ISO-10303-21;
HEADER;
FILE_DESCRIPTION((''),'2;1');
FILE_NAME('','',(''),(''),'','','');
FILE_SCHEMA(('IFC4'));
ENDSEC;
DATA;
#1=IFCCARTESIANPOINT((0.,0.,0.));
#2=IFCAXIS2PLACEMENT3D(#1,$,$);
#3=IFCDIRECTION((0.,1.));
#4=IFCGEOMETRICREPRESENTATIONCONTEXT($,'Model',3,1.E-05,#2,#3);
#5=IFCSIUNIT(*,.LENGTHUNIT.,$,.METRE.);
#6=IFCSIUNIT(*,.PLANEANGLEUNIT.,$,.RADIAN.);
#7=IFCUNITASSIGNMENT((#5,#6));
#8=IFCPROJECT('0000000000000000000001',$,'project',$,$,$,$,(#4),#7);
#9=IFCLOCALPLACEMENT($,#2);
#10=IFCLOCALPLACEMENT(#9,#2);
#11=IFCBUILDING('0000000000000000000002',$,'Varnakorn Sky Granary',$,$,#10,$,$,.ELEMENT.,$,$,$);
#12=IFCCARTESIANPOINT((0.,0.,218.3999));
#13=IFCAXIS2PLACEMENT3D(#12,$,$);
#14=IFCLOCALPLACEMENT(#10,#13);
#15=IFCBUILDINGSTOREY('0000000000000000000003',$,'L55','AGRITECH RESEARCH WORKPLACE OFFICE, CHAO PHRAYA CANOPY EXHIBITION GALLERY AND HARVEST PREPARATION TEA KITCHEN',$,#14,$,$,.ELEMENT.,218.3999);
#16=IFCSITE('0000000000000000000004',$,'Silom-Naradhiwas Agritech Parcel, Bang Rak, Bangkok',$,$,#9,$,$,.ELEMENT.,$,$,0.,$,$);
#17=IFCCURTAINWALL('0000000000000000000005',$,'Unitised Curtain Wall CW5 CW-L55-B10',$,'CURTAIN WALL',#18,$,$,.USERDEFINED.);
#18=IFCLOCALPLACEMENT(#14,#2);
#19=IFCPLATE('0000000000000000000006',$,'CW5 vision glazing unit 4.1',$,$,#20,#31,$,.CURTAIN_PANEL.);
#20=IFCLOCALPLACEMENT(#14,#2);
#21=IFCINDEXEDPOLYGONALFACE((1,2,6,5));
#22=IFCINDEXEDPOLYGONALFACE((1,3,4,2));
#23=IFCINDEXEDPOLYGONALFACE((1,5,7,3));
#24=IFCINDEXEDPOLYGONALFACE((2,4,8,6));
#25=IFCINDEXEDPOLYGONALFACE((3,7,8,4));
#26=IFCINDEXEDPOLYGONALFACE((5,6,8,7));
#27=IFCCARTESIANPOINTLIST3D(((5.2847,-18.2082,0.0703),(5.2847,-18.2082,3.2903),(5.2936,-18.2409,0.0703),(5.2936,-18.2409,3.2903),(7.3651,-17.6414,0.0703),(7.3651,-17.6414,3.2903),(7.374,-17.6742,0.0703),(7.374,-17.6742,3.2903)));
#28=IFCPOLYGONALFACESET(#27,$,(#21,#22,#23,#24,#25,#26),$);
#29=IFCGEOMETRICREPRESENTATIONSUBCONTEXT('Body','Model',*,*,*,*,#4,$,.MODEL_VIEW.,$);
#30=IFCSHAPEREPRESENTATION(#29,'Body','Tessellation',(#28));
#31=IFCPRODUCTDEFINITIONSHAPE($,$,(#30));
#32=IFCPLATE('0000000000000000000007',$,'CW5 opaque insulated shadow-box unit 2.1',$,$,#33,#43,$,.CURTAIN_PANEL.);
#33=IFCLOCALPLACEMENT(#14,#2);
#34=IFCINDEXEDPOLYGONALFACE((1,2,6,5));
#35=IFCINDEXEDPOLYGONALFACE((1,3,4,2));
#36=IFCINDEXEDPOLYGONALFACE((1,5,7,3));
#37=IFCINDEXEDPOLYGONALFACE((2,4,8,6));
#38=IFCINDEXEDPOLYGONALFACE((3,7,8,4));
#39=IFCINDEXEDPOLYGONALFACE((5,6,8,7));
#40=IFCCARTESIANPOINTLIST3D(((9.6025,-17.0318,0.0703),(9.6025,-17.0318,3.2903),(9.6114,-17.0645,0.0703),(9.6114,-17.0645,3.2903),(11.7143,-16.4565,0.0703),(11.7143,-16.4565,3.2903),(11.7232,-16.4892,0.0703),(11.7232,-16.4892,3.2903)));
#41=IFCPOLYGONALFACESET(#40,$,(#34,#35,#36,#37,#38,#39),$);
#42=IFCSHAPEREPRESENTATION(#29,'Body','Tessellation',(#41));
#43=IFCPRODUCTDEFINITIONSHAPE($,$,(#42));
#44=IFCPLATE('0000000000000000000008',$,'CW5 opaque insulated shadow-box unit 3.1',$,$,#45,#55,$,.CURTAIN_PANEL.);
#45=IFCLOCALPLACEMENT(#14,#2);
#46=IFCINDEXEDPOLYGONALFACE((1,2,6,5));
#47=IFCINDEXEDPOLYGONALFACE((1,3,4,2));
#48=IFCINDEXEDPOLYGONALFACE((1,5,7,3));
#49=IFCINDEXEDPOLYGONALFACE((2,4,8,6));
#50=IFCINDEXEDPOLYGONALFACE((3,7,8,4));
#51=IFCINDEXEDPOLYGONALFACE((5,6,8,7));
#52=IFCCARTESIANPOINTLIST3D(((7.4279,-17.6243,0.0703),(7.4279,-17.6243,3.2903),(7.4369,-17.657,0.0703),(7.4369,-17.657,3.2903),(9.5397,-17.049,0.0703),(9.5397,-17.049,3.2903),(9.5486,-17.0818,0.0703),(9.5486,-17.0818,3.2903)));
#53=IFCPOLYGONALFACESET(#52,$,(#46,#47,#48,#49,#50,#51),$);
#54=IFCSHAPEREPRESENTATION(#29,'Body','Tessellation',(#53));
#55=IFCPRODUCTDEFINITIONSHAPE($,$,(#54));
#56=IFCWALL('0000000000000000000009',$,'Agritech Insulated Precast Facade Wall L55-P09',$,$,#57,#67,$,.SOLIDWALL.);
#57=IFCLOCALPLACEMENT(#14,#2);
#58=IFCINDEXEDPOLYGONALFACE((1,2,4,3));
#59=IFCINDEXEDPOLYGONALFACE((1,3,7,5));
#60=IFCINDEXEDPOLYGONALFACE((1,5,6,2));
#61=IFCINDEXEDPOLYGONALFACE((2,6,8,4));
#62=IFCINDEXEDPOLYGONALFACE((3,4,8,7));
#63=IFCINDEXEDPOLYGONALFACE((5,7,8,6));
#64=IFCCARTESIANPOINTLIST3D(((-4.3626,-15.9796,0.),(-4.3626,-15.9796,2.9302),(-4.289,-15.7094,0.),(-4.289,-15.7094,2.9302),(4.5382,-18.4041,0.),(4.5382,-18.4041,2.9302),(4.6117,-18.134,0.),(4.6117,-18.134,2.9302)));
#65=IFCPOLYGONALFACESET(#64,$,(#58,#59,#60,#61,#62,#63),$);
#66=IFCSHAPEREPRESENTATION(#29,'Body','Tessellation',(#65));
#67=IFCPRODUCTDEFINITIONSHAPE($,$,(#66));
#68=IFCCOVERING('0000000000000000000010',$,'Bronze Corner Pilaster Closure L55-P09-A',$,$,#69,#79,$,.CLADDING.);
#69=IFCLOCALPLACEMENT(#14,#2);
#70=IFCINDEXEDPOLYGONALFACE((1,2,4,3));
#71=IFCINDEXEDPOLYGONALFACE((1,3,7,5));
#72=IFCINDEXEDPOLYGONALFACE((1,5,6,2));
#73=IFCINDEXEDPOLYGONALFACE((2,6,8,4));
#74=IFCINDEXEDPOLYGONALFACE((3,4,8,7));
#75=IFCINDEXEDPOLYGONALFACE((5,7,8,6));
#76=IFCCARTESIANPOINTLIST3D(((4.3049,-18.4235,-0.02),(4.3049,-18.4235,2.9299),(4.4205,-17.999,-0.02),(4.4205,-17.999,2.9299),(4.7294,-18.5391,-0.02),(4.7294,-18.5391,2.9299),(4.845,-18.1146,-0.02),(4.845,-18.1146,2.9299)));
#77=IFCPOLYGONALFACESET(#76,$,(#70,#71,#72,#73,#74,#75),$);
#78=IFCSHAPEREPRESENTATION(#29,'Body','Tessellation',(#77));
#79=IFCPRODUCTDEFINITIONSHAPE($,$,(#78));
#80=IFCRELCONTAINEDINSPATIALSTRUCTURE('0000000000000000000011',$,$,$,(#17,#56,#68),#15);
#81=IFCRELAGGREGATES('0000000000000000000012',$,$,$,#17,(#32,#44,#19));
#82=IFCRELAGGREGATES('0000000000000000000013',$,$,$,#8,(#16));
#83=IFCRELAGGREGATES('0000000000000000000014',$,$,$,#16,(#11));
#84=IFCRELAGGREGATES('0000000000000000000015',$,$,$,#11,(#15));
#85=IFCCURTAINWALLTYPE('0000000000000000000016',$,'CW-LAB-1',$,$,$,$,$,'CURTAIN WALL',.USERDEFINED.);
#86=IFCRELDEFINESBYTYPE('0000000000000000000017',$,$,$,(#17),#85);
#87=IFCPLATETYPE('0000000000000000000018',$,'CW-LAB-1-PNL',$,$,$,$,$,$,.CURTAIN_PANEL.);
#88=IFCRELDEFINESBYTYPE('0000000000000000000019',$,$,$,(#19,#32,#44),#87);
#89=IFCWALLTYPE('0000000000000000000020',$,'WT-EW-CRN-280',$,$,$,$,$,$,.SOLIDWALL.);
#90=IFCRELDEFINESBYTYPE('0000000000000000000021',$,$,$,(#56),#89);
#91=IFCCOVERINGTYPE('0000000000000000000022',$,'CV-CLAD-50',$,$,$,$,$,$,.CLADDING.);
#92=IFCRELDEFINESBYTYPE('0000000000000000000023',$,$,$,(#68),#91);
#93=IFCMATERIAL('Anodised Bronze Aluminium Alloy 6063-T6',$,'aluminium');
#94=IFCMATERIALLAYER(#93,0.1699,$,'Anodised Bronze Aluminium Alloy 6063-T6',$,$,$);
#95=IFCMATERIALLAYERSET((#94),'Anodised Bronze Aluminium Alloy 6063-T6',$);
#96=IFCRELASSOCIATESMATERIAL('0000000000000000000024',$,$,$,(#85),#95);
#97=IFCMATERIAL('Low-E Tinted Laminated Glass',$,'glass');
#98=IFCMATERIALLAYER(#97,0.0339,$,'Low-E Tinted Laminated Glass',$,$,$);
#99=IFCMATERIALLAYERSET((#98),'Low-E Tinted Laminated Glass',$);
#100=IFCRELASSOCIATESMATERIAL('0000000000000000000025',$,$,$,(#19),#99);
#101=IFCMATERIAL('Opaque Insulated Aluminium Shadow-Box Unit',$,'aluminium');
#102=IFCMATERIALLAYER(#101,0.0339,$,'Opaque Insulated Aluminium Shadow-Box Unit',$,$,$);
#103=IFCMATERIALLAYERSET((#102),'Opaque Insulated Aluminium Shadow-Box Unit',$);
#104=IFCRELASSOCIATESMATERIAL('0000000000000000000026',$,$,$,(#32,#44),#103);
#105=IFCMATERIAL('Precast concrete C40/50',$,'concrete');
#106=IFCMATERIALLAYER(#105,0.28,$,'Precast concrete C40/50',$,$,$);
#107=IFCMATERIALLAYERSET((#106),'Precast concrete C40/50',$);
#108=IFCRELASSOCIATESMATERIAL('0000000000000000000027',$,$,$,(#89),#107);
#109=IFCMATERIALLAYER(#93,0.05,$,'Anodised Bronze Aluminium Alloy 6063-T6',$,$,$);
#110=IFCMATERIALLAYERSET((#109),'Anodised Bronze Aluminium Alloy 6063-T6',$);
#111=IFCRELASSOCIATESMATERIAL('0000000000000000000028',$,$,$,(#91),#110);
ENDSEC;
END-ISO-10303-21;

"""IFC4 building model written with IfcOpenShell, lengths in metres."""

from ifc_helpers import new_model, si_unit, direction, frame, frame_2d, origin, origin_2d, place, context, subcontext, project, spatial, rectangle, extrude, source, transform, mapped, material, layer, layer_set, type_object, type_shapes, element, aggregate, save


model = new_model("IFC4")

# Units and contexts
model_context = context("Model", 3, precision=1e-05, world=origin(), true_north=direction((0.0, 1.0)))
body_context = subcontext(model_context, "Body", "Model", "MODEL_VIEW")
ifc_project = project(units=[si_unit("LENGTHUNIT", "METRE"), si_unit("PLANEANGLEUNIT", "RADIAN")], contexts=[model_context])

# Site, building, storey
site_placement = place(None, origin())
site = spatial("IfcSite", under=ifc_project, at=site_placement, Name="Silom-Naradhiwas Agritech Parcel, Bang Rak, Bangkok", CompositionType="ELEMENT", RefElevation=0.0)
building_placement = place(site_placement, origin())
building = spatial("IfcBuilding", under=site, at=building_placement, Name="Varnakorn Sky Granary", CompositionType="ELEMENT")
storey_placement = place(building_placement, frame((0.0, 0.0, 218.3999)))
storey = spatial("IfcBuildingStorey", under=building, at=storey_placement, Name="L55", Description="AGRITECH RESEARCH WORKPLACE OFFICE, CHAO PHRAYA CANOPY EXHIBITION GALLERY AND HARVEST PREPARATION TEA KITCHEN", CompositionType="ELEMENT", Elevation=218.3999)

# Curtain wall
ifc_material_1 = material(Name="Anodised Bronze Aluminium Alloy 6063-T6", Category="aluminium")
ifc_layer_1 = layer(ifc_material_1, 0.1699, Name="Anodised Bronze Aluminium Alloy 6063-T6")
ifc_layer_set_1 = layer_set([ifc_layer_1], Name="Anodised Bronze Aluminium Alloy 6063-T6")
curtain_wall_type = type_object("IfcCurtainWallType", Name="CW-LAB-1", ElementType="CURTAIN WALL", PredefinedType="USERDEFINED", material=ifc_layer_set_1)
curtain_wall_placement = place(storey_placement, origin())
curtain_wall = element("IfcCurtainWall", 1, at=curtain_wall_placement, inside=storey, type_object=curtain_wall_type, Name="Unitised Curtain Wall CW5 CW-L55-B10", ObjectType="CURTAIN WALL", PredefinedType="USERDEFINED")

# Plates
ifc_material_2 = material(Name="Low-E Tinted Laminated Glass", Category="glass")
ifc_layer_2 = layer(ifc_material_2, 0.0339, Name="Low-E Tinted Laminated Glass")
ifc_layer_set_2 = layer_set([ifc_layer_2], Name="Low-E Tinted Laminated Glass")
plate_type = type_object("IfcPlateType", Name="CW-LAB-1-PNL", PredefinedType="CURTAIN_PANEL")
shared_shape_1 = source(origin(), body_context, "Body", "SweptSolid", [
    extrude(rectangle(XDim=2.1562, YDim=0.0339, at=origin_2d()), origin(), (0.0, 0.0, 1.0), 3.22),
])
plate_1_placement = place(storey_placement, frame((6.3293, -17.9412, 0.0703), z_axis=(0.0, 0.0, 1.0), x_axis=(-0.964842, -0.262829, 0.0)))
plate_1 = element("IfcPlate", 2, at=plate_1_placement, type_object=plate_type, material=ifc_layer_set_2, Name="CW5 vision glazing unit 4.1", PredefinedType="CURTAIN_PANEL", context=body_context, shape_type="MappedRepresentation", body=[
    mapped(shared_shape_1, transform((0.0, 0.0, 0.0), x_axis=(1.0, 0.0, 0.0), y_axis=(0.0, 1.0, 0.0), z_axis=(0.0, 0.0, 1.0), scale=1.0)),
])
ifc_material_3 = material(Name="Opaque Insulated Aluminium Shadow-Box Unit", Category="aluminium")
ifc_layer_3 = layer(ifc_material_3, 0.0339, Name="Opaque Insulated Aluminium Shadow-Box Unit")
ifc_layer_set_3 = layer_set([ifc_layer_3], Name="Opaque Insulated Aluminium Shadow-Box Unit")
shared_shape_2 = source(origin(), body_context, "Body", "SweptSolid", [
    extrude(rectangle(XDim=2.1887, YDim=0.0339, at=origin_2d()), origin(), (0.0, 0.0, 1.0), 3.22),
])
type_shapes(plate_type, [shared_shape_1, shared_shape_2])
plate_2_placement = place(storey_placement, frame((10.6628, -16.7605, 0.0703), z_axis=(0.0, 0.0, 1.0), x_axis=(-0.964842, -0.262829, 0.0)))
plate_2 = element("IfcPlate", 3, at=plate_2_placement, type_object=plate_type, material=ifc_layer_set_3, Name="CW5 opaque insulated shadow-box unit 2.1", PredefinedType="CURTAIN_PANEL", context=body_context, shape_type="MappedRepresentation", body=[
    mapped(shared_shape_2, transform((0.0, 0.0, 0.0), x_axis=(1.0, 0.0, 0.0), y_axis=(0.0, 1.0, 0.0), z_axis=(0.0, 0.0, 1.0), scale=1.0)),
])
plate_3_placement = place(storey_placement, frame((8.4883, -17.353, 0.0703), z_axis=(0.0, 0.0, 1.0), x_axis=(-0.964842, -0.262829, 0.0)))
plate_3 = element("IfcPlate", 4, at=plate_3_placement, type_object=plate_type, material=ifc_layer_set_3, Name="CW5 opaque insulated shadow-box unit 3.1", PredefinedType="CURTAIN_PANEL", context=body_context, shape_type="MappedRepresentation", body=[
    mapped(shared_shape_2, transform((0.0, 0.0, 0.0), x_axis=(1.0, 0.0, 0.0), y_axis=(0.0, 1.0, 0.0), z_axis=(0.0, 0.0, 1.0), scale=1.0)),
])
aggregate(curtain_wall, [plate_2, plate_3, plate_1])

# Wall
ifc_material_4 = material(Name="Precast concrete C40/50", Category="concrete")
ifc_layer_4 = layer(ifc_material_4, 0.28, Name="Precast concrete C40/50")
ifc_layer_set_4 = layer_set([ifc_layer_4], Name="Precast concrete C40/50")
wall_type = type_object("IfcWallType", Name="WT-EW-CRN-280", PredefinedType="SOLIDWALL", material=ifc_layer_set_4)
wall_placement = place(storey_placement, frame((4.575, -18.269, 0.0), z_axis=(0.0, 0.0, 1.0), x_axis=(-0.964845, 0.26282, 0.0)))
element("IfcWall", 5, at=wall_placement, inside=storey, type_object=wall_type, Name="Agritech Insulated Precast Facade Wall L55-P09", PredefinedType="SOLIDWALL", context=body_context, shape_type="SweptSolid", body=[
    extrude(rectangle(XDim=9.2251, YDim=0.28, at=frame_2d((4.6125, 0.0))), origin(), (0.0, 0.0, 1.0), 2.9302),
])

# Covering
ifc_layer_5 = layer(ifc_material_1, 0.05, Name="Anodised Bronze Aluminium Alloy 6063-T6")
ifc_layer_set_5 = layer_set([ifc_layer_5], Name="Anodised Bronze Aluminium Alloy 6063-T6")
covering_type = type_object("IfcCoveringType", Name="CV-CLAD-50", PredefinedType="CLADDING", material=ifc_layer_set_5)
shared_shape_3 = source(origin(), body_context, "Body", "SweptSolid", [
    extrude(rectangle(XDim=0.4399, YDim=0.4399, at=origin_2d()), origin(), (0.0, 0.0, 1.0), 2.95),
])
type_shapes(covering_type, [shared_shape_3])
covering_placement = place(storey_placement, frame((4.575, -18.269, -0.02), z_axis=(0.0, 0.0, 1.0), x_axis=(-0.964833, 0.262863, 0.0)))
element("IfcCovering", 6, at=covering_placement, inside=storey, type_object=covering_type, Name="Bronze Corner Pilaster Closure L55-P09-A", PredefinedType="CLADDING", context=body_context, shape_type="MappedRepresentation", body=[
    mapped(shared_shape_3, transform((0.0, 0.0, 0.0), x_axis=(1.0, 0.0, 0.0), y_axis=(0.0, 1.0, 0.0), z_axis=(0.0, 0.0, 1.0), scale=1.0)),
])

save(model, "model.ifc")
